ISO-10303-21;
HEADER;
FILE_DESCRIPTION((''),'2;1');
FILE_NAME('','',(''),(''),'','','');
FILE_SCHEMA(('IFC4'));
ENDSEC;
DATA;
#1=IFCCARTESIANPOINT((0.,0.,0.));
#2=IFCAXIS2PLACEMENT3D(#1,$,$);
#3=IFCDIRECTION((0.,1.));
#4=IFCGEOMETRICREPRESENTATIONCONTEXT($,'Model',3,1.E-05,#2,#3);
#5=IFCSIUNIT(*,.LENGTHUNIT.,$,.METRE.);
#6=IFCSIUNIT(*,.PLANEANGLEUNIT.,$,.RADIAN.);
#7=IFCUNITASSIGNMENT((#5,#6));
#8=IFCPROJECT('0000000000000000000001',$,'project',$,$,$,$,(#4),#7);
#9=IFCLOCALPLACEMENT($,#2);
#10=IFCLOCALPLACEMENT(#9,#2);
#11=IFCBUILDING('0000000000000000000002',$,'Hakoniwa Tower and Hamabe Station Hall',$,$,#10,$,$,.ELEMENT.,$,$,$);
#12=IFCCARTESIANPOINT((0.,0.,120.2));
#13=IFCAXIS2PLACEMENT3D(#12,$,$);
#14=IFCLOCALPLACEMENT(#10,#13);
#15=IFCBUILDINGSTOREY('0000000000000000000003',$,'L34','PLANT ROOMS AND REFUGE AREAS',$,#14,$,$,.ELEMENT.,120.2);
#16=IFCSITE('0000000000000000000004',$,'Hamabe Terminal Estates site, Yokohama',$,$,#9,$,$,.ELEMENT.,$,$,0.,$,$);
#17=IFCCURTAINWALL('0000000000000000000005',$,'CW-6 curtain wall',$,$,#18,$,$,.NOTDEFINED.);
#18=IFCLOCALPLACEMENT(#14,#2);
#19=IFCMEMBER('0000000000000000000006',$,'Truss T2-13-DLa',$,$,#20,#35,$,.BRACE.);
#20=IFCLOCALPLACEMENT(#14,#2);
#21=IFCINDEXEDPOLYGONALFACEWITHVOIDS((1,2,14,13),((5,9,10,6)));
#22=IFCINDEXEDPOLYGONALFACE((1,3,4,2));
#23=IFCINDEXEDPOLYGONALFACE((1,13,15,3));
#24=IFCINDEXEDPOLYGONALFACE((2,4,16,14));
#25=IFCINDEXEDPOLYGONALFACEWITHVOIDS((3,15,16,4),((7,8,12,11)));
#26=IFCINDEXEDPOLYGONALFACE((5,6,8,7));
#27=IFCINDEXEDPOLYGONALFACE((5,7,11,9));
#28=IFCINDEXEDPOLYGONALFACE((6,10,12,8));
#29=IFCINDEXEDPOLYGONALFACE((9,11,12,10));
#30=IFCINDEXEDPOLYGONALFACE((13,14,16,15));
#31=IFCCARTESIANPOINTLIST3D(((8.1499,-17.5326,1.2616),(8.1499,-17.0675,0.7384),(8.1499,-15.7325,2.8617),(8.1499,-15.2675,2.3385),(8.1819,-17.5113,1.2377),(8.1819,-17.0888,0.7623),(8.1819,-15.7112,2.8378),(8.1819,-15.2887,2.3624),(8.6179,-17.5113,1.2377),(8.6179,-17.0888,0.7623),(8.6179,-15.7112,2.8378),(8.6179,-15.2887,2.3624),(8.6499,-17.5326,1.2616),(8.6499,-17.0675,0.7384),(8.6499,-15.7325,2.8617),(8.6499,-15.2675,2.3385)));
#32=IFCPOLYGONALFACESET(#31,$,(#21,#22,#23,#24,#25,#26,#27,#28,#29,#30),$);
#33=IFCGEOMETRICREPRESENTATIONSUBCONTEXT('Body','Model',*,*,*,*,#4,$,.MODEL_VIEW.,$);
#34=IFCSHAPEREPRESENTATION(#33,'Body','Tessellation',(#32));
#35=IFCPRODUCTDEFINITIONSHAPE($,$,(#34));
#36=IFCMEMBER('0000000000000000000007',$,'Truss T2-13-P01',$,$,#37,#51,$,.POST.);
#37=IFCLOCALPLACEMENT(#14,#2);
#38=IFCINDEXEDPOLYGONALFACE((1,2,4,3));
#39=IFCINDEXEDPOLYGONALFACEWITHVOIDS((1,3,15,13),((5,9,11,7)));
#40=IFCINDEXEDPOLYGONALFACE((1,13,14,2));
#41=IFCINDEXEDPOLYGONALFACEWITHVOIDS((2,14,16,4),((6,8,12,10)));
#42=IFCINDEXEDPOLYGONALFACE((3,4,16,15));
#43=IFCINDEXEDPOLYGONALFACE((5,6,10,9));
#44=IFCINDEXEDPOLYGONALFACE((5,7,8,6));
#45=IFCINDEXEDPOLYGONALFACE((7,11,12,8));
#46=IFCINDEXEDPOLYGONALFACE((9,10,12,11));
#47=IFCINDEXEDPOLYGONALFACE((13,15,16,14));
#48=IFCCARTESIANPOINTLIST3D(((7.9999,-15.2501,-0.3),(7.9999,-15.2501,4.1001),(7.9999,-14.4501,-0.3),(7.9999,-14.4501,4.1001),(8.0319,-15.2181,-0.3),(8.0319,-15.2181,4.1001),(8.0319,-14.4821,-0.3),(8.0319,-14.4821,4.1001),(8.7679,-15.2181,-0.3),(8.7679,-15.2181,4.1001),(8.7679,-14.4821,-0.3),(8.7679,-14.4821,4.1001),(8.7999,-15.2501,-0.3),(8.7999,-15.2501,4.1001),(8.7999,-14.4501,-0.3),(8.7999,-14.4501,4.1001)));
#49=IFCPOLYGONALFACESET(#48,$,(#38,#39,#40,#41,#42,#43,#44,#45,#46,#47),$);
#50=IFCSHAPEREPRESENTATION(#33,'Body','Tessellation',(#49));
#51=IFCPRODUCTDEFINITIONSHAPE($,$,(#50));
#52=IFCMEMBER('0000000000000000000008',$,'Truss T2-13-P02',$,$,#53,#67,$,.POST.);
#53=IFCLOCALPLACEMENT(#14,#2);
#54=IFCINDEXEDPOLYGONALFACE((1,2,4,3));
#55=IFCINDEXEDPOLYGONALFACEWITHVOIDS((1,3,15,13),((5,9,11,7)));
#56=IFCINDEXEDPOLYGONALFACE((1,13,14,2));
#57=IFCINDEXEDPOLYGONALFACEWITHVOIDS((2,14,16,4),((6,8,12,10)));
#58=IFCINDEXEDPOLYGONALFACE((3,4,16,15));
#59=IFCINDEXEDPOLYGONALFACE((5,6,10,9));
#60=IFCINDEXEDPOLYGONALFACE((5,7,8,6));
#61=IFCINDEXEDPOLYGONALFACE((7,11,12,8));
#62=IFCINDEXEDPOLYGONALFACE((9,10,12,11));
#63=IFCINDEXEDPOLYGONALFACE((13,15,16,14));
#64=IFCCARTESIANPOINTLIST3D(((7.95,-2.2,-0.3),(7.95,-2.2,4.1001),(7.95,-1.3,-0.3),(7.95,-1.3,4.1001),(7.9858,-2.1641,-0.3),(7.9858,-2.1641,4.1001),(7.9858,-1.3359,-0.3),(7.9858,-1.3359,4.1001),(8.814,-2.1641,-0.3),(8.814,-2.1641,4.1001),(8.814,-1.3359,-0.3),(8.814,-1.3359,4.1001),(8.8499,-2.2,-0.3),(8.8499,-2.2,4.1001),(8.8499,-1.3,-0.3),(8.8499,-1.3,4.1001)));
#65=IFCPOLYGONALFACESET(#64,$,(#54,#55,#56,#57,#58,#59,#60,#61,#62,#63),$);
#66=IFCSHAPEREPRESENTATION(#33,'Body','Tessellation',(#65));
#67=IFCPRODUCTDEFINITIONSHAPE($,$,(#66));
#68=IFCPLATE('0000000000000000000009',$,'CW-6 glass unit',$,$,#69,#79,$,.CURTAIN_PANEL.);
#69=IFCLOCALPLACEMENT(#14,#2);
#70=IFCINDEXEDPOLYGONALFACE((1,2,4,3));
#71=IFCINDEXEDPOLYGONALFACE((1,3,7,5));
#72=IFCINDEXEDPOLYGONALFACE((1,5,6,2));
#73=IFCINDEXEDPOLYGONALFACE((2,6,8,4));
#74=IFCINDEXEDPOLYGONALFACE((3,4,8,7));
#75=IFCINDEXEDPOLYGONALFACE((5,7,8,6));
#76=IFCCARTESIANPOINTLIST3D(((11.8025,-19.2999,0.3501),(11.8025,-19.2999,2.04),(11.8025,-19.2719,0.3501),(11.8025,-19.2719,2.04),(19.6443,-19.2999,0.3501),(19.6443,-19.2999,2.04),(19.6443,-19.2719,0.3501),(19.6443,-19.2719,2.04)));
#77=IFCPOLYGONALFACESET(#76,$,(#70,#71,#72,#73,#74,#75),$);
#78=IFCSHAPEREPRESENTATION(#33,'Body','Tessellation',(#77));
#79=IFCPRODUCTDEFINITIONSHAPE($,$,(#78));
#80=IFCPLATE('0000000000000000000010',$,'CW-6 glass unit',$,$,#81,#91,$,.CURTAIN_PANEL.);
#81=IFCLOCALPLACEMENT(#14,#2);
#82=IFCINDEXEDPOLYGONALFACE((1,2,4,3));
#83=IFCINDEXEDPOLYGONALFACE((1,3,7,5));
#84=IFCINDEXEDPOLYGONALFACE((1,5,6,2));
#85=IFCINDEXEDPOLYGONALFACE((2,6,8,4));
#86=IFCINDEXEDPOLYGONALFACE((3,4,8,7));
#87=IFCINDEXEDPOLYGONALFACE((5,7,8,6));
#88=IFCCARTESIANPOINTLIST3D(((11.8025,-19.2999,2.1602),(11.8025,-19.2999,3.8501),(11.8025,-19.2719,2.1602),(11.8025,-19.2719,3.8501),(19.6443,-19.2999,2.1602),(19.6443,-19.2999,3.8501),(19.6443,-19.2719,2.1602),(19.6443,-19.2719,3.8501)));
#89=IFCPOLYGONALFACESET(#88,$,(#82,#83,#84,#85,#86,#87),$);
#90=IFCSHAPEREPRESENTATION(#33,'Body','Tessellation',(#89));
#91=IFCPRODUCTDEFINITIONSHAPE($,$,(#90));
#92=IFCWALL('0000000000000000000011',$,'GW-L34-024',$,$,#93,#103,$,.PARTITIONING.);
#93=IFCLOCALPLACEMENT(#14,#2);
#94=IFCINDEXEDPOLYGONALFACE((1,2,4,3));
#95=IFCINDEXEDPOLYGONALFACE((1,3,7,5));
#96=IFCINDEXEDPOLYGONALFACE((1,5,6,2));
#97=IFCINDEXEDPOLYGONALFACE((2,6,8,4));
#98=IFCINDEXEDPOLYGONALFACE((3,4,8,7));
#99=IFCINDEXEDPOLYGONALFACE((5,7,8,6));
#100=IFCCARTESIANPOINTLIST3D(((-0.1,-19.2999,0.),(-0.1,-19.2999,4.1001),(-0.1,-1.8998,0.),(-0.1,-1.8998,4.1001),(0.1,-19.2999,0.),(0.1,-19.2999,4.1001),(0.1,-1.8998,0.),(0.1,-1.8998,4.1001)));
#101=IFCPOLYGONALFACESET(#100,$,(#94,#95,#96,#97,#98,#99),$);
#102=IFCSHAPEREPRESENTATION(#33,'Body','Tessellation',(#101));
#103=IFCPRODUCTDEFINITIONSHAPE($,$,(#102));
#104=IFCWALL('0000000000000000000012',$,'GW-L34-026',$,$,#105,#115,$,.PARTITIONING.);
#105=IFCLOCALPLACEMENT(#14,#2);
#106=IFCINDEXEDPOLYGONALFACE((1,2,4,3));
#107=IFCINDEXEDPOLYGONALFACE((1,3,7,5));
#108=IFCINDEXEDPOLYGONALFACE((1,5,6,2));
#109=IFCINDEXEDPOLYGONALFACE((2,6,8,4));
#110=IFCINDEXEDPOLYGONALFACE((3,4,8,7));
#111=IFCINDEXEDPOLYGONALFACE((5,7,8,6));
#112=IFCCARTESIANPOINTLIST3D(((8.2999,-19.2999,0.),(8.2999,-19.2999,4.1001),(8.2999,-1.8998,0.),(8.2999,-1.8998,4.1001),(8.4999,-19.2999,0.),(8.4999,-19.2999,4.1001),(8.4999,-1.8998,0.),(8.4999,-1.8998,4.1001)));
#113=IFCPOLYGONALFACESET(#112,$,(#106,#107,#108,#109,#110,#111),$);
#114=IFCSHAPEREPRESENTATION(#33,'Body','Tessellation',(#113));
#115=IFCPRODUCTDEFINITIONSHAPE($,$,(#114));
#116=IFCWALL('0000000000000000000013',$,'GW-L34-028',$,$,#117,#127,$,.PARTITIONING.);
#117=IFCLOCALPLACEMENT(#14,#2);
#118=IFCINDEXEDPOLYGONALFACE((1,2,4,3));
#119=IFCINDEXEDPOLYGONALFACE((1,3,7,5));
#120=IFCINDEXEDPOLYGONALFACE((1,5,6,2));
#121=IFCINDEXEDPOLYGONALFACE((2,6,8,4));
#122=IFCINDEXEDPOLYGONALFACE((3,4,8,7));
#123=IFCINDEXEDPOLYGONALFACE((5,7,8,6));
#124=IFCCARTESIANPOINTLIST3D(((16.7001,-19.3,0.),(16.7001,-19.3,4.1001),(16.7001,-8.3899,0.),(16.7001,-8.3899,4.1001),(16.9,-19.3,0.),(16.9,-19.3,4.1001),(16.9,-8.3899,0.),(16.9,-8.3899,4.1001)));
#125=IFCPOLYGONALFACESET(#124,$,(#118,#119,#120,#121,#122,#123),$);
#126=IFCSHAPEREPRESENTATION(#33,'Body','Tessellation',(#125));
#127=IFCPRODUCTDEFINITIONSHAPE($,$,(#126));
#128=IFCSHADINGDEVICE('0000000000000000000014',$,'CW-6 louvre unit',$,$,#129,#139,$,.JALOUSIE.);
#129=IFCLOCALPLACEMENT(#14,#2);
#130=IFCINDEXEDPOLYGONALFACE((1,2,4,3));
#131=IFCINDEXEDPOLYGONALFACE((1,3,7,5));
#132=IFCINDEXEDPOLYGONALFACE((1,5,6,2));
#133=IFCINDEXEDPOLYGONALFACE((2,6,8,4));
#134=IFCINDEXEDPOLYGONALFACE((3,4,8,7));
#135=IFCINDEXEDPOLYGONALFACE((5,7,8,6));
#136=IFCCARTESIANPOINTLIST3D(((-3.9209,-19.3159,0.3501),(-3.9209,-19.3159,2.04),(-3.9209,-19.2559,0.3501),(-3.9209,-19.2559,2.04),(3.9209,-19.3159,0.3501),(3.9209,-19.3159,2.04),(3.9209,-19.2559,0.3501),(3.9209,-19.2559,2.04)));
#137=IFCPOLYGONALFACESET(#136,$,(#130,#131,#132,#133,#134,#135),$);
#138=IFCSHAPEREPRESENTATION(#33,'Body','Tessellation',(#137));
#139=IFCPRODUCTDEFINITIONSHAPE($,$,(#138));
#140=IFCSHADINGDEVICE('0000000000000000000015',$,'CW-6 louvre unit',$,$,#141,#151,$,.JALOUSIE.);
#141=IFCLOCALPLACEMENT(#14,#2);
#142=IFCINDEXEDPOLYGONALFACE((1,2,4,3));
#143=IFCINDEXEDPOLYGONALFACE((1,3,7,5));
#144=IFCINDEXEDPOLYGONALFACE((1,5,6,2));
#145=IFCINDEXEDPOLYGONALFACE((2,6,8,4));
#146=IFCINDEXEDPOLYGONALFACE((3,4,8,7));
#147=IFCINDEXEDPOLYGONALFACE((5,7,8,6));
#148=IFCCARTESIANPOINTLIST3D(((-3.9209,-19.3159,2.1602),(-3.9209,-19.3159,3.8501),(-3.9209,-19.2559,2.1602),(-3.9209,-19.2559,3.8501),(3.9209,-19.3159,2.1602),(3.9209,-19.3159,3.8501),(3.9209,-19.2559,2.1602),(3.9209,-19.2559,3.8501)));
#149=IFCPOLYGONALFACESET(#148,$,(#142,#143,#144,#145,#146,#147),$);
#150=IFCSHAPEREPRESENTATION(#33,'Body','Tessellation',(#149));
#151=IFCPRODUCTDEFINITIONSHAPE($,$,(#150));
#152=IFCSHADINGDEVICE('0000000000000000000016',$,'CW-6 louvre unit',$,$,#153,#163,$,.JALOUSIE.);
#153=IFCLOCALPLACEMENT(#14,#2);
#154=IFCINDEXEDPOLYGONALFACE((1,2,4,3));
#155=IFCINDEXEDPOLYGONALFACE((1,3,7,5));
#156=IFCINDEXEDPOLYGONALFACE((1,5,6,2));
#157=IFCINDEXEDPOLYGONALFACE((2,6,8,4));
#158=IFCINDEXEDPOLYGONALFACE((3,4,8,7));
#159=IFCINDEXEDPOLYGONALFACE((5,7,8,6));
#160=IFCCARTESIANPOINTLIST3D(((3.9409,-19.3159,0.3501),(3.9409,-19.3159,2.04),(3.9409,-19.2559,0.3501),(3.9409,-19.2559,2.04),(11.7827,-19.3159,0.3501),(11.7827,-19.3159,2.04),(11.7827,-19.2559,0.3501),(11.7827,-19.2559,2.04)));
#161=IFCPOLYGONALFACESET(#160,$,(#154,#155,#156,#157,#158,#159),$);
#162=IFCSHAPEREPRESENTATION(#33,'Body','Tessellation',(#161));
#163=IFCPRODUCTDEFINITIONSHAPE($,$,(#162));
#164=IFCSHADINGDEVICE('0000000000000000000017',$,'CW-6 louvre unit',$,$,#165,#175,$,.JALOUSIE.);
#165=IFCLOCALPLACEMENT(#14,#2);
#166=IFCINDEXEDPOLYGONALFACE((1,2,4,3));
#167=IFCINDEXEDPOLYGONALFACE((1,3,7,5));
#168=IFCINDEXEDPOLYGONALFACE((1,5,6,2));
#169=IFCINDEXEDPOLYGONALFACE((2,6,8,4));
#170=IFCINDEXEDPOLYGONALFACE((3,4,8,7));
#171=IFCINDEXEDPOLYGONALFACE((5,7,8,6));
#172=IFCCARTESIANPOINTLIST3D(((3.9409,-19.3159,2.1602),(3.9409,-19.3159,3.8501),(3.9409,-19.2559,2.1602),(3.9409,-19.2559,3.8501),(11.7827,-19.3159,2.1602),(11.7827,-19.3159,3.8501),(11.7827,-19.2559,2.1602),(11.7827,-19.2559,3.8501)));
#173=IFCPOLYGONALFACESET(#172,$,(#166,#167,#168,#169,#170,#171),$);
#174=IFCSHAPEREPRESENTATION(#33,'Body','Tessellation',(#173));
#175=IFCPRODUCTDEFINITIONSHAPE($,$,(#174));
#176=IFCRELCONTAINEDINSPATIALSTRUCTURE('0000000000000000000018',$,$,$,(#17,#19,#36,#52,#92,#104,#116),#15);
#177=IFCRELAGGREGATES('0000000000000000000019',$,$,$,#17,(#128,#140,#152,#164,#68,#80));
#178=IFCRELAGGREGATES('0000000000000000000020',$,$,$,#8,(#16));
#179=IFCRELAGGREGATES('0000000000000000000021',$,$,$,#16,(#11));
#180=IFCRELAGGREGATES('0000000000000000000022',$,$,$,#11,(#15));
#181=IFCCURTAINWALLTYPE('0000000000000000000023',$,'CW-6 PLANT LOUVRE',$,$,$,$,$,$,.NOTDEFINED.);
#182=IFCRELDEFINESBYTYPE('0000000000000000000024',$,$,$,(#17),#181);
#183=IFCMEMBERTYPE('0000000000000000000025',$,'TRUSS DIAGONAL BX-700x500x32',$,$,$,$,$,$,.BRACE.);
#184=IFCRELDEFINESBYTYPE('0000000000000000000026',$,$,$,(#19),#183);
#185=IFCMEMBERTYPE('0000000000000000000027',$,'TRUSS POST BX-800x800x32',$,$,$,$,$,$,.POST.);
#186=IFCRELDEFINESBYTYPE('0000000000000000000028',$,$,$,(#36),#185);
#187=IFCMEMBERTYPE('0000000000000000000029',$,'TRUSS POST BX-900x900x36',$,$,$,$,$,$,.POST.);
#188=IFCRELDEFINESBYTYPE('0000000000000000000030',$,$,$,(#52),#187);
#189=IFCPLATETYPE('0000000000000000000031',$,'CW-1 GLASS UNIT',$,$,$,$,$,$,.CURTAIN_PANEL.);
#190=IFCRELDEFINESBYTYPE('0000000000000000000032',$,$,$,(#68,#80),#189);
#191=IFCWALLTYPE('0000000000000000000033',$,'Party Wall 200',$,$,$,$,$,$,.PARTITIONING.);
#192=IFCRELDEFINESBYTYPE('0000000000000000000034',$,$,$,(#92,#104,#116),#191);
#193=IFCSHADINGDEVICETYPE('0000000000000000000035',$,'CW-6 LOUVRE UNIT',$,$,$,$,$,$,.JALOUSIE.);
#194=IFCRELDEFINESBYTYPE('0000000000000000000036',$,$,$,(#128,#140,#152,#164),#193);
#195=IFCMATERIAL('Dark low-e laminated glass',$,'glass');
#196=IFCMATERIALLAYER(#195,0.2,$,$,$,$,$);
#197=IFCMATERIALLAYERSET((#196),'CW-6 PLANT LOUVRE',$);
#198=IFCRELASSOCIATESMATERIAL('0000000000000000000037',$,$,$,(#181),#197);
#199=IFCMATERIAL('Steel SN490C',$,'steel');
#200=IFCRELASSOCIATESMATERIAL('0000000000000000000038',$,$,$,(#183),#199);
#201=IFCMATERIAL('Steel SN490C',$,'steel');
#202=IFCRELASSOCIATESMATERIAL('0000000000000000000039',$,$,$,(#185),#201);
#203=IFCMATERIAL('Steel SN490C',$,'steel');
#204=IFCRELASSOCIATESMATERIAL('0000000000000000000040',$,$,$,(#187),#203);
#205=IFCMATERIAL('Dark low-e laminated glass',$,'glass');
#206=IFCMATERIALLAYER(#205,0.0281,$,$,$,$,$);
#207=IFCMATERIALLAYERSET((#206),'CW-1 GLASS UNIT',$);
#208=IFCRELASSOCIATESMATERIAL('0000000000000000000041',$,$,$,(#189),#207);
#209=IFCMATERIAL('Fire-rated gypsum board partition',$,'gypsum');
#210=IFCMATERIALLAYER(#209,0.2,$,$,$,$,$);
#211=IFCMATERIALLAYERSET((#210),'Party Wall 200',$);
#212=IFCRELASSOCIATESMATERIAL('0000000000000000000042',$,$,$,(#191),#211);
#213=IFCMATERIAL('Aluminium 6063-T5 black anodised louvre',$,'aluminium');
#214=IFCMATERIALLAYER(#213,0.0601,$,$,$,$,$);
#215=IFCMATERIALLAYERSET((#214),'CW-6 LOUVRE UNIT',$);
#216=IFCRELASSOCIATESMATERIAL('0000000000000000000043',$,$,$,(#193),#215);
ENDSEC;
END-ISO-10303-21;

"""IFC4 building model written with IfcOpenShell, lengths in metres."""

from ifc_helpers import new_model, si_unit, direction, frame, frame_2d, origin, origin_2d, place, context, subcontext, project, spatial, rectangle, hollow_rectangle, extrude, material, layer, layer_set, material_profile, profile_set, type_object, element, aggregate, save


model = new_model("IFC4")

# Units and contexts
model_context = context("Model", 3, precision=1e-05, world=origin(), true_north=direction((0.0, 1.0)))
body_context = subcontext(model_context, "Body", "Model", "MODEL_VIEW")
ifc_project = project(units=[si_unit("LENGTHUNIT", "METRE"), si_unit("PLANEANGLEUNIT", "RADIAN")], contexts=[model_context])

# Site, building, storey
site_placement = place(None, origin())
site = spatial("IfcSite", under=ifc_project, at=site_placement, Name="Hamabe Terminal Estates site, Yokohama", CompositionType="ELEMENT", RefElevation=0.0)
building_placement = place(site_placement, origin())
building = spatial("IfcBuilding", under=site, at=building_placement, Name="Hakoniwa Tower and Hamabe Station Hall", CompositionType="ELEMENT")
storey_placement = place(building_placement, frame((0.0, 0.0, 120.2)))
storey = spatial("IfcBuildingStorey", under=building, at=storey_placement, Name="L34", Description="PLANT ROOMS AND REFUGE AREAS", CompositionType="ELEMENT", Elevation=120.2)

# Curtain wall
ifc_material_1 = material(Name="Dark low-e laminated glass", Category="glass")
ifc_layer_1 = layer(ifc_material_1, 0.2)
ifc_layer_set_1 = layer_set([ifc_layer_1], Name="CW-6 PLANT LOUVRE")
curtain_wall_type = type_object("IfcCurtainWallType", Name="CW-6 PLANT LOUVRE", PredefinedType="NOTDEFINED", material=ifc_layer_set_1)
curtain_wall_placement = place(storey_placement, origin())
curtain_wall = element("IfcCurtainWall", 1, at=curtain_wall_placement, inside=storey, type_object=curtain_wall_type, Name="CW-6 curtain wall", PredefinedType="NOTDEFINED")

# Members
ifc_material_2 = material(Name="Steel SN490C", Category="steel")
ifc_material_profile_1 = material_profile(ifc_material_2, hollow_rectangle(XDim=0.5, YDim=0.7, WallThickness=0.032, at=origin_2d()), Name="BX-700x500x32")
ifc_profile_set_1 = profile_set([ifc_material_profile_1], Name="Steel SN490C")
member_type_1 = type_object("IfcMemberType", Name="TRUSS DIAGONAL BX-700x500x32", PredefinedType="BRACE", material=ifc_profile_set_1)
member_1_placement = place(storey_placement, frame((8.3999, -17.3, 1.0), z_axis=(0.0, 0.747398, 0.664376), x_axis=(-1.0, 0.0, 0.0)))
element("IfcMember", 2, at=member_1_placement, inside=storey, type_object=member_type_1, Name="Truss T2-13-DLa", PredefinedType="BRACE", context=body_context, shape_type="SweptSolid", body=[
    extrude(hollow_rectangle(XDim=0.5, YDim=0.7, WallThickness=0.032, at=origin_2d()), origin(), (0.0, 0.0, 1.0), 2.4084),
])
ifc_material_3 = material(Name="Steel SN490C", Category="steel")
ifc_material_profile_2 = material_profile(ifc_material_3, hollow_rectangle(XDim=0.8, YDim=0.8, WallThickness=0.032, at=origin_2d()), Name="BX-800x800x32")
ifc_profile_set_2 = profile_set([ifc_material_profile_2], Name="Steel SN490C")
member_type_2 = type_object("IfcMemberType", Name="TRUSS POST BX-800x800x32", PredefinedType="POST", material=ifc_profile_set_2)
member_2_placement = place(storey_placement, frame((8.3999, -14.8501, -0.3), z_axis=(0.0, 0.0, 1.0), x_axis=(1.0, 0.0, 0.0)))
element("IfcMember", 3, at=member_2_placement, inside=storey, type_object=member_type_2, Name="Truss T2-13-P01", PredefinedType="POST", context=body_context, shape_type="SweptSolid", body=[
    extrude(hollow_rectangle(XDim=0.8, YDim=0.8, WallThickness=0.032, at=origin_2d()), origin(), (0.0, 0.0, 1.0), 4.4001),
])
ifc_material_4 = material(Name="Steel SN490C", Category="steel")
ifc_material_profile_3 = material_profile(ifc_material_4, hollow_rectangle(XDim=0.8999, YDim=0.8999, WallThickness=0.0359, at=origin_2d()), Name="BX-900x900x36")
ifc_profile_set_3 = profile_set([ifc_material_profile_3], Name="Steel SN490C")
member_type_3 = type_object("IfcMemberType", Name="TRUSS POST BX-900x900x36", PredefinedType="POST", material=ifc_profile_set_3)
member_3_placement = place(storey_placement, frame((8.3999, -1.75, -0.3), z_axis=(0.0, 0.0, 1.0), x_axis=(1.0, 0.0, 0.0)))
element("IfcMember", 4, at=member_3_placement, inside=storey, type_object=member_type_3, Name="Truss T2-13-P02", PredefinedType="POST", context=body_context, shape_type="SweptSolid", body=[
    extrude(hollow_rectangle(XDim=0.8999, YDim=0.8999, WallThickness=0.0359, at=origin_2d()), origin(), (0.0, 0.0, 1.0), 4.4001),
])

# Plates
ifc_material_5 = material(Name="Dark low-e laminated glass", Category="glass")
ifc_layer_2 = layer(ifc_material_5, 0.0281)
ifc_layer_set_2 = layer_set([ifc_layer_2], Name="CW-1 GLASS UNIT")
plate_type = type_object("IfcPlateType", Name="CW-1 GLASS UNIT", PredefinedType="CURTAIN_PANEL", material=ifc_layer_set_2)
plate_1_placement = place(storey_placement, frame((15.7234, -19.2859, 0.3501), z_axis=(0.0, 0.0, 1.0), x_axis=(1.0, 0.0, 0.0)))
plate_1 = element("IfcPlate", 5, at=plate_1_placement, type_object=plate_type, Name="CW-6 glass unit", PredefinedType="CURTAIN_PANEL", context=body_context, shape_type="SweptSolid", body=[
    extrude(rectangle(XDim=7.8418, YDim=0.0281, at=origin_2d()), origin(), (0.0, 0.0, 1.0), 1.6899),
])
plate_2_placement = place(storey_placement, frame((15.7234, -19.2859, 2.1602), z_axis=(0.0, 0.0, 1.0), x_axis=(1.0, 0.0, 0.0)))
plate_2 = element("IfcPlate", 6, at=plate_2_placement, type_object=plate_type, Name="CW-6 glass unit", PredefinedType="CURTAIN_PANEL", context=body_context, shape_type="SweptSolid", body=[
    extrude(rectangle(XDim=7.8418, YDim=0.0281, at=origin_2d()), origin(), (0.0, 0.0, 1.0), 1.6899),
])

# Walls
ifc_material_6 = material(Name="Fire-rated gypsum board partition", Category="gypsum")
ifc_layer_3 = layer(ifc_material_6, 0.2)
ifc_layer_set_3 = layer_set([ifc_layer_3], Name="Party Wall 200")
wall_type = type_object("IfcWallType", Name="Party Wall 200", PredefinedType="PARTITIONING", material=ifc_layer_set_3)
for number, where, z_axis, x_axis, name in (
    (7, (0.0, -19.3, 0.0), (0.0, 0.0, 1.0), (0.0, 1.0, 0.0), "GW-L34-024"),
    (8, (8.3999, -19.3, 0.0), (0.0, 0.0, 1.0), (0.0, 1.0, 0.0), "GW-L34-026"),
):
    element("IfcWall", number, at=place(storey_placement, frame(where, z_axis=z_axis, x_axis=x_axis)), inside=storey, type_object=wall_type, Name=name, PredefinedType="PARTITIONING", context=body_context, shape_type="SweptSolid", body=[
        extrude(rectangle(XDim=17.4001, YDim=0.2, at=frame_2d((8.7002, 0.0))), origin(), (0.0, 0.0, 1.0), 4.1001),
    ])
wall_placement = place(storey_placement, frame((16.8, -19.3, 0.0), z_axis=(0.0, 0.0, 1.0), x_axis=(0.0, 1.0, 0.0)))
element("IfcWall", 9, at=wall_placement, inside=storey, type_object=wall_type, Name="GW-L34-028", PredefinedType="PARTITIONING", context=body_context, shape_type="SweptSolid", body=[
    extrude(rectangle(XDim=10.9102, YDim=0.2, at=frame_2d((5.4551, 0.0))), origin(), (0.0, 0.0, 1.0), 4.1001),
])

# Shading devices
ifc_material_7 = material(Name="Aluminium 6063-T5 black anodised louvre", Category="aluminium")
ifc_layer_4 = layer(ifc_material_7, 0.0601)
ifc_layer_set_4 = layer_set([ifc_layer_4], Name="CW-6 LOUVRE UNIT")
shading_device_type = type_object("IfcShadingDeviceType", Name="CW-6 LOUVRE UNIT", PredefinedType="JALOUSIE", material=ifc_layer_set_4)
shading_device_1_placement = place(storey_placement, frame((0.0, -19.2859, 0.3501), z_axis=(0.0, 0.0, 1.0), x_axis=(1.0, 0.0, 0.0)))
shading_device_1 = element("IfcShadingDevice", 10, at=shading_device_1_placement, type_object=shading_device_type, Name="CW-6 louvre unit", PredefinedType="JALOUSIE", context=body_context, shape_type="SweptSolid", body=[
    extrude(rectangle(XDim=7.8418, YDim=0.0601, at=origin_2d()), origin(), (0.0, 0.0, 1.0), 1.6899),
])
shading_device_2_placement = place(storey_placement, frame((0.0, -19.2859, 2.1602), z_axis=(0.0, 0.0, 1.0), x_axis=(1.0, 0.0, 0.0)))
shading_device_2 = element("IfcShadingDevice", 11, at=shading_device_2_placement, type_object=shading_device_type, Name="CW-6 louvre unit", PredefinedType="JALOUSIE", context=body_context, shape_type="SweptSolid", body=[
    extrude(rectangle(XDim=7.8418, YDim=0.0601, at=origin_2d()), origin(), (0.0, 0.0, 1.0), 1.6899),
])
shading_device_3_placement = place(storey_placement, frame((7.8618, -19.2859, 0.3501), z_axis=(0.0, 0.0, 1.0), x_axis=(1.0, 0.0, 0.0)))
shading_device_3 = element("IfcShadingDevice", 12, at=shading_device_3_placement, type_object=shading_device_type, Name="CW-6 louvre unit", PredefinedType="JALOUSIE", context=body_context, shape_type="SweptSolid", body=[
    extrude(rectangle(XDim=7.8418, YDim=0.0601, at=origin_2d()), origin(), (0.0, 0.0, 1.0), 1.6899),
])
shading_device_4_placement = place(storey_placement, frame((7.8618, -19.2859, 2.1602), z_axis=(0.0, 0.0, 1.0), x_axis=(1.0, 0.0, 0.0)))
shading_device_4 = element("IfcShadingDevice", 13, at=shading_device_4_placement, type_object=shading_device_type, Name="CW-6 louvre unit", PredefinedType="JALOUSIE", context=body_context, shape_type="SweptSolid", body=[
    extrude(rectangle(XDim=7.8418, YDim=0.0601, at=origin_2d()), origin(), (0.0, 0.0, 1.0), 1.6899),
])
aggregate(curtain_wall, [shading_device_1, shading_device_2, shading_device_3, shading_device_4, plate_1, plate_2])

save(model, "model.ifc")
